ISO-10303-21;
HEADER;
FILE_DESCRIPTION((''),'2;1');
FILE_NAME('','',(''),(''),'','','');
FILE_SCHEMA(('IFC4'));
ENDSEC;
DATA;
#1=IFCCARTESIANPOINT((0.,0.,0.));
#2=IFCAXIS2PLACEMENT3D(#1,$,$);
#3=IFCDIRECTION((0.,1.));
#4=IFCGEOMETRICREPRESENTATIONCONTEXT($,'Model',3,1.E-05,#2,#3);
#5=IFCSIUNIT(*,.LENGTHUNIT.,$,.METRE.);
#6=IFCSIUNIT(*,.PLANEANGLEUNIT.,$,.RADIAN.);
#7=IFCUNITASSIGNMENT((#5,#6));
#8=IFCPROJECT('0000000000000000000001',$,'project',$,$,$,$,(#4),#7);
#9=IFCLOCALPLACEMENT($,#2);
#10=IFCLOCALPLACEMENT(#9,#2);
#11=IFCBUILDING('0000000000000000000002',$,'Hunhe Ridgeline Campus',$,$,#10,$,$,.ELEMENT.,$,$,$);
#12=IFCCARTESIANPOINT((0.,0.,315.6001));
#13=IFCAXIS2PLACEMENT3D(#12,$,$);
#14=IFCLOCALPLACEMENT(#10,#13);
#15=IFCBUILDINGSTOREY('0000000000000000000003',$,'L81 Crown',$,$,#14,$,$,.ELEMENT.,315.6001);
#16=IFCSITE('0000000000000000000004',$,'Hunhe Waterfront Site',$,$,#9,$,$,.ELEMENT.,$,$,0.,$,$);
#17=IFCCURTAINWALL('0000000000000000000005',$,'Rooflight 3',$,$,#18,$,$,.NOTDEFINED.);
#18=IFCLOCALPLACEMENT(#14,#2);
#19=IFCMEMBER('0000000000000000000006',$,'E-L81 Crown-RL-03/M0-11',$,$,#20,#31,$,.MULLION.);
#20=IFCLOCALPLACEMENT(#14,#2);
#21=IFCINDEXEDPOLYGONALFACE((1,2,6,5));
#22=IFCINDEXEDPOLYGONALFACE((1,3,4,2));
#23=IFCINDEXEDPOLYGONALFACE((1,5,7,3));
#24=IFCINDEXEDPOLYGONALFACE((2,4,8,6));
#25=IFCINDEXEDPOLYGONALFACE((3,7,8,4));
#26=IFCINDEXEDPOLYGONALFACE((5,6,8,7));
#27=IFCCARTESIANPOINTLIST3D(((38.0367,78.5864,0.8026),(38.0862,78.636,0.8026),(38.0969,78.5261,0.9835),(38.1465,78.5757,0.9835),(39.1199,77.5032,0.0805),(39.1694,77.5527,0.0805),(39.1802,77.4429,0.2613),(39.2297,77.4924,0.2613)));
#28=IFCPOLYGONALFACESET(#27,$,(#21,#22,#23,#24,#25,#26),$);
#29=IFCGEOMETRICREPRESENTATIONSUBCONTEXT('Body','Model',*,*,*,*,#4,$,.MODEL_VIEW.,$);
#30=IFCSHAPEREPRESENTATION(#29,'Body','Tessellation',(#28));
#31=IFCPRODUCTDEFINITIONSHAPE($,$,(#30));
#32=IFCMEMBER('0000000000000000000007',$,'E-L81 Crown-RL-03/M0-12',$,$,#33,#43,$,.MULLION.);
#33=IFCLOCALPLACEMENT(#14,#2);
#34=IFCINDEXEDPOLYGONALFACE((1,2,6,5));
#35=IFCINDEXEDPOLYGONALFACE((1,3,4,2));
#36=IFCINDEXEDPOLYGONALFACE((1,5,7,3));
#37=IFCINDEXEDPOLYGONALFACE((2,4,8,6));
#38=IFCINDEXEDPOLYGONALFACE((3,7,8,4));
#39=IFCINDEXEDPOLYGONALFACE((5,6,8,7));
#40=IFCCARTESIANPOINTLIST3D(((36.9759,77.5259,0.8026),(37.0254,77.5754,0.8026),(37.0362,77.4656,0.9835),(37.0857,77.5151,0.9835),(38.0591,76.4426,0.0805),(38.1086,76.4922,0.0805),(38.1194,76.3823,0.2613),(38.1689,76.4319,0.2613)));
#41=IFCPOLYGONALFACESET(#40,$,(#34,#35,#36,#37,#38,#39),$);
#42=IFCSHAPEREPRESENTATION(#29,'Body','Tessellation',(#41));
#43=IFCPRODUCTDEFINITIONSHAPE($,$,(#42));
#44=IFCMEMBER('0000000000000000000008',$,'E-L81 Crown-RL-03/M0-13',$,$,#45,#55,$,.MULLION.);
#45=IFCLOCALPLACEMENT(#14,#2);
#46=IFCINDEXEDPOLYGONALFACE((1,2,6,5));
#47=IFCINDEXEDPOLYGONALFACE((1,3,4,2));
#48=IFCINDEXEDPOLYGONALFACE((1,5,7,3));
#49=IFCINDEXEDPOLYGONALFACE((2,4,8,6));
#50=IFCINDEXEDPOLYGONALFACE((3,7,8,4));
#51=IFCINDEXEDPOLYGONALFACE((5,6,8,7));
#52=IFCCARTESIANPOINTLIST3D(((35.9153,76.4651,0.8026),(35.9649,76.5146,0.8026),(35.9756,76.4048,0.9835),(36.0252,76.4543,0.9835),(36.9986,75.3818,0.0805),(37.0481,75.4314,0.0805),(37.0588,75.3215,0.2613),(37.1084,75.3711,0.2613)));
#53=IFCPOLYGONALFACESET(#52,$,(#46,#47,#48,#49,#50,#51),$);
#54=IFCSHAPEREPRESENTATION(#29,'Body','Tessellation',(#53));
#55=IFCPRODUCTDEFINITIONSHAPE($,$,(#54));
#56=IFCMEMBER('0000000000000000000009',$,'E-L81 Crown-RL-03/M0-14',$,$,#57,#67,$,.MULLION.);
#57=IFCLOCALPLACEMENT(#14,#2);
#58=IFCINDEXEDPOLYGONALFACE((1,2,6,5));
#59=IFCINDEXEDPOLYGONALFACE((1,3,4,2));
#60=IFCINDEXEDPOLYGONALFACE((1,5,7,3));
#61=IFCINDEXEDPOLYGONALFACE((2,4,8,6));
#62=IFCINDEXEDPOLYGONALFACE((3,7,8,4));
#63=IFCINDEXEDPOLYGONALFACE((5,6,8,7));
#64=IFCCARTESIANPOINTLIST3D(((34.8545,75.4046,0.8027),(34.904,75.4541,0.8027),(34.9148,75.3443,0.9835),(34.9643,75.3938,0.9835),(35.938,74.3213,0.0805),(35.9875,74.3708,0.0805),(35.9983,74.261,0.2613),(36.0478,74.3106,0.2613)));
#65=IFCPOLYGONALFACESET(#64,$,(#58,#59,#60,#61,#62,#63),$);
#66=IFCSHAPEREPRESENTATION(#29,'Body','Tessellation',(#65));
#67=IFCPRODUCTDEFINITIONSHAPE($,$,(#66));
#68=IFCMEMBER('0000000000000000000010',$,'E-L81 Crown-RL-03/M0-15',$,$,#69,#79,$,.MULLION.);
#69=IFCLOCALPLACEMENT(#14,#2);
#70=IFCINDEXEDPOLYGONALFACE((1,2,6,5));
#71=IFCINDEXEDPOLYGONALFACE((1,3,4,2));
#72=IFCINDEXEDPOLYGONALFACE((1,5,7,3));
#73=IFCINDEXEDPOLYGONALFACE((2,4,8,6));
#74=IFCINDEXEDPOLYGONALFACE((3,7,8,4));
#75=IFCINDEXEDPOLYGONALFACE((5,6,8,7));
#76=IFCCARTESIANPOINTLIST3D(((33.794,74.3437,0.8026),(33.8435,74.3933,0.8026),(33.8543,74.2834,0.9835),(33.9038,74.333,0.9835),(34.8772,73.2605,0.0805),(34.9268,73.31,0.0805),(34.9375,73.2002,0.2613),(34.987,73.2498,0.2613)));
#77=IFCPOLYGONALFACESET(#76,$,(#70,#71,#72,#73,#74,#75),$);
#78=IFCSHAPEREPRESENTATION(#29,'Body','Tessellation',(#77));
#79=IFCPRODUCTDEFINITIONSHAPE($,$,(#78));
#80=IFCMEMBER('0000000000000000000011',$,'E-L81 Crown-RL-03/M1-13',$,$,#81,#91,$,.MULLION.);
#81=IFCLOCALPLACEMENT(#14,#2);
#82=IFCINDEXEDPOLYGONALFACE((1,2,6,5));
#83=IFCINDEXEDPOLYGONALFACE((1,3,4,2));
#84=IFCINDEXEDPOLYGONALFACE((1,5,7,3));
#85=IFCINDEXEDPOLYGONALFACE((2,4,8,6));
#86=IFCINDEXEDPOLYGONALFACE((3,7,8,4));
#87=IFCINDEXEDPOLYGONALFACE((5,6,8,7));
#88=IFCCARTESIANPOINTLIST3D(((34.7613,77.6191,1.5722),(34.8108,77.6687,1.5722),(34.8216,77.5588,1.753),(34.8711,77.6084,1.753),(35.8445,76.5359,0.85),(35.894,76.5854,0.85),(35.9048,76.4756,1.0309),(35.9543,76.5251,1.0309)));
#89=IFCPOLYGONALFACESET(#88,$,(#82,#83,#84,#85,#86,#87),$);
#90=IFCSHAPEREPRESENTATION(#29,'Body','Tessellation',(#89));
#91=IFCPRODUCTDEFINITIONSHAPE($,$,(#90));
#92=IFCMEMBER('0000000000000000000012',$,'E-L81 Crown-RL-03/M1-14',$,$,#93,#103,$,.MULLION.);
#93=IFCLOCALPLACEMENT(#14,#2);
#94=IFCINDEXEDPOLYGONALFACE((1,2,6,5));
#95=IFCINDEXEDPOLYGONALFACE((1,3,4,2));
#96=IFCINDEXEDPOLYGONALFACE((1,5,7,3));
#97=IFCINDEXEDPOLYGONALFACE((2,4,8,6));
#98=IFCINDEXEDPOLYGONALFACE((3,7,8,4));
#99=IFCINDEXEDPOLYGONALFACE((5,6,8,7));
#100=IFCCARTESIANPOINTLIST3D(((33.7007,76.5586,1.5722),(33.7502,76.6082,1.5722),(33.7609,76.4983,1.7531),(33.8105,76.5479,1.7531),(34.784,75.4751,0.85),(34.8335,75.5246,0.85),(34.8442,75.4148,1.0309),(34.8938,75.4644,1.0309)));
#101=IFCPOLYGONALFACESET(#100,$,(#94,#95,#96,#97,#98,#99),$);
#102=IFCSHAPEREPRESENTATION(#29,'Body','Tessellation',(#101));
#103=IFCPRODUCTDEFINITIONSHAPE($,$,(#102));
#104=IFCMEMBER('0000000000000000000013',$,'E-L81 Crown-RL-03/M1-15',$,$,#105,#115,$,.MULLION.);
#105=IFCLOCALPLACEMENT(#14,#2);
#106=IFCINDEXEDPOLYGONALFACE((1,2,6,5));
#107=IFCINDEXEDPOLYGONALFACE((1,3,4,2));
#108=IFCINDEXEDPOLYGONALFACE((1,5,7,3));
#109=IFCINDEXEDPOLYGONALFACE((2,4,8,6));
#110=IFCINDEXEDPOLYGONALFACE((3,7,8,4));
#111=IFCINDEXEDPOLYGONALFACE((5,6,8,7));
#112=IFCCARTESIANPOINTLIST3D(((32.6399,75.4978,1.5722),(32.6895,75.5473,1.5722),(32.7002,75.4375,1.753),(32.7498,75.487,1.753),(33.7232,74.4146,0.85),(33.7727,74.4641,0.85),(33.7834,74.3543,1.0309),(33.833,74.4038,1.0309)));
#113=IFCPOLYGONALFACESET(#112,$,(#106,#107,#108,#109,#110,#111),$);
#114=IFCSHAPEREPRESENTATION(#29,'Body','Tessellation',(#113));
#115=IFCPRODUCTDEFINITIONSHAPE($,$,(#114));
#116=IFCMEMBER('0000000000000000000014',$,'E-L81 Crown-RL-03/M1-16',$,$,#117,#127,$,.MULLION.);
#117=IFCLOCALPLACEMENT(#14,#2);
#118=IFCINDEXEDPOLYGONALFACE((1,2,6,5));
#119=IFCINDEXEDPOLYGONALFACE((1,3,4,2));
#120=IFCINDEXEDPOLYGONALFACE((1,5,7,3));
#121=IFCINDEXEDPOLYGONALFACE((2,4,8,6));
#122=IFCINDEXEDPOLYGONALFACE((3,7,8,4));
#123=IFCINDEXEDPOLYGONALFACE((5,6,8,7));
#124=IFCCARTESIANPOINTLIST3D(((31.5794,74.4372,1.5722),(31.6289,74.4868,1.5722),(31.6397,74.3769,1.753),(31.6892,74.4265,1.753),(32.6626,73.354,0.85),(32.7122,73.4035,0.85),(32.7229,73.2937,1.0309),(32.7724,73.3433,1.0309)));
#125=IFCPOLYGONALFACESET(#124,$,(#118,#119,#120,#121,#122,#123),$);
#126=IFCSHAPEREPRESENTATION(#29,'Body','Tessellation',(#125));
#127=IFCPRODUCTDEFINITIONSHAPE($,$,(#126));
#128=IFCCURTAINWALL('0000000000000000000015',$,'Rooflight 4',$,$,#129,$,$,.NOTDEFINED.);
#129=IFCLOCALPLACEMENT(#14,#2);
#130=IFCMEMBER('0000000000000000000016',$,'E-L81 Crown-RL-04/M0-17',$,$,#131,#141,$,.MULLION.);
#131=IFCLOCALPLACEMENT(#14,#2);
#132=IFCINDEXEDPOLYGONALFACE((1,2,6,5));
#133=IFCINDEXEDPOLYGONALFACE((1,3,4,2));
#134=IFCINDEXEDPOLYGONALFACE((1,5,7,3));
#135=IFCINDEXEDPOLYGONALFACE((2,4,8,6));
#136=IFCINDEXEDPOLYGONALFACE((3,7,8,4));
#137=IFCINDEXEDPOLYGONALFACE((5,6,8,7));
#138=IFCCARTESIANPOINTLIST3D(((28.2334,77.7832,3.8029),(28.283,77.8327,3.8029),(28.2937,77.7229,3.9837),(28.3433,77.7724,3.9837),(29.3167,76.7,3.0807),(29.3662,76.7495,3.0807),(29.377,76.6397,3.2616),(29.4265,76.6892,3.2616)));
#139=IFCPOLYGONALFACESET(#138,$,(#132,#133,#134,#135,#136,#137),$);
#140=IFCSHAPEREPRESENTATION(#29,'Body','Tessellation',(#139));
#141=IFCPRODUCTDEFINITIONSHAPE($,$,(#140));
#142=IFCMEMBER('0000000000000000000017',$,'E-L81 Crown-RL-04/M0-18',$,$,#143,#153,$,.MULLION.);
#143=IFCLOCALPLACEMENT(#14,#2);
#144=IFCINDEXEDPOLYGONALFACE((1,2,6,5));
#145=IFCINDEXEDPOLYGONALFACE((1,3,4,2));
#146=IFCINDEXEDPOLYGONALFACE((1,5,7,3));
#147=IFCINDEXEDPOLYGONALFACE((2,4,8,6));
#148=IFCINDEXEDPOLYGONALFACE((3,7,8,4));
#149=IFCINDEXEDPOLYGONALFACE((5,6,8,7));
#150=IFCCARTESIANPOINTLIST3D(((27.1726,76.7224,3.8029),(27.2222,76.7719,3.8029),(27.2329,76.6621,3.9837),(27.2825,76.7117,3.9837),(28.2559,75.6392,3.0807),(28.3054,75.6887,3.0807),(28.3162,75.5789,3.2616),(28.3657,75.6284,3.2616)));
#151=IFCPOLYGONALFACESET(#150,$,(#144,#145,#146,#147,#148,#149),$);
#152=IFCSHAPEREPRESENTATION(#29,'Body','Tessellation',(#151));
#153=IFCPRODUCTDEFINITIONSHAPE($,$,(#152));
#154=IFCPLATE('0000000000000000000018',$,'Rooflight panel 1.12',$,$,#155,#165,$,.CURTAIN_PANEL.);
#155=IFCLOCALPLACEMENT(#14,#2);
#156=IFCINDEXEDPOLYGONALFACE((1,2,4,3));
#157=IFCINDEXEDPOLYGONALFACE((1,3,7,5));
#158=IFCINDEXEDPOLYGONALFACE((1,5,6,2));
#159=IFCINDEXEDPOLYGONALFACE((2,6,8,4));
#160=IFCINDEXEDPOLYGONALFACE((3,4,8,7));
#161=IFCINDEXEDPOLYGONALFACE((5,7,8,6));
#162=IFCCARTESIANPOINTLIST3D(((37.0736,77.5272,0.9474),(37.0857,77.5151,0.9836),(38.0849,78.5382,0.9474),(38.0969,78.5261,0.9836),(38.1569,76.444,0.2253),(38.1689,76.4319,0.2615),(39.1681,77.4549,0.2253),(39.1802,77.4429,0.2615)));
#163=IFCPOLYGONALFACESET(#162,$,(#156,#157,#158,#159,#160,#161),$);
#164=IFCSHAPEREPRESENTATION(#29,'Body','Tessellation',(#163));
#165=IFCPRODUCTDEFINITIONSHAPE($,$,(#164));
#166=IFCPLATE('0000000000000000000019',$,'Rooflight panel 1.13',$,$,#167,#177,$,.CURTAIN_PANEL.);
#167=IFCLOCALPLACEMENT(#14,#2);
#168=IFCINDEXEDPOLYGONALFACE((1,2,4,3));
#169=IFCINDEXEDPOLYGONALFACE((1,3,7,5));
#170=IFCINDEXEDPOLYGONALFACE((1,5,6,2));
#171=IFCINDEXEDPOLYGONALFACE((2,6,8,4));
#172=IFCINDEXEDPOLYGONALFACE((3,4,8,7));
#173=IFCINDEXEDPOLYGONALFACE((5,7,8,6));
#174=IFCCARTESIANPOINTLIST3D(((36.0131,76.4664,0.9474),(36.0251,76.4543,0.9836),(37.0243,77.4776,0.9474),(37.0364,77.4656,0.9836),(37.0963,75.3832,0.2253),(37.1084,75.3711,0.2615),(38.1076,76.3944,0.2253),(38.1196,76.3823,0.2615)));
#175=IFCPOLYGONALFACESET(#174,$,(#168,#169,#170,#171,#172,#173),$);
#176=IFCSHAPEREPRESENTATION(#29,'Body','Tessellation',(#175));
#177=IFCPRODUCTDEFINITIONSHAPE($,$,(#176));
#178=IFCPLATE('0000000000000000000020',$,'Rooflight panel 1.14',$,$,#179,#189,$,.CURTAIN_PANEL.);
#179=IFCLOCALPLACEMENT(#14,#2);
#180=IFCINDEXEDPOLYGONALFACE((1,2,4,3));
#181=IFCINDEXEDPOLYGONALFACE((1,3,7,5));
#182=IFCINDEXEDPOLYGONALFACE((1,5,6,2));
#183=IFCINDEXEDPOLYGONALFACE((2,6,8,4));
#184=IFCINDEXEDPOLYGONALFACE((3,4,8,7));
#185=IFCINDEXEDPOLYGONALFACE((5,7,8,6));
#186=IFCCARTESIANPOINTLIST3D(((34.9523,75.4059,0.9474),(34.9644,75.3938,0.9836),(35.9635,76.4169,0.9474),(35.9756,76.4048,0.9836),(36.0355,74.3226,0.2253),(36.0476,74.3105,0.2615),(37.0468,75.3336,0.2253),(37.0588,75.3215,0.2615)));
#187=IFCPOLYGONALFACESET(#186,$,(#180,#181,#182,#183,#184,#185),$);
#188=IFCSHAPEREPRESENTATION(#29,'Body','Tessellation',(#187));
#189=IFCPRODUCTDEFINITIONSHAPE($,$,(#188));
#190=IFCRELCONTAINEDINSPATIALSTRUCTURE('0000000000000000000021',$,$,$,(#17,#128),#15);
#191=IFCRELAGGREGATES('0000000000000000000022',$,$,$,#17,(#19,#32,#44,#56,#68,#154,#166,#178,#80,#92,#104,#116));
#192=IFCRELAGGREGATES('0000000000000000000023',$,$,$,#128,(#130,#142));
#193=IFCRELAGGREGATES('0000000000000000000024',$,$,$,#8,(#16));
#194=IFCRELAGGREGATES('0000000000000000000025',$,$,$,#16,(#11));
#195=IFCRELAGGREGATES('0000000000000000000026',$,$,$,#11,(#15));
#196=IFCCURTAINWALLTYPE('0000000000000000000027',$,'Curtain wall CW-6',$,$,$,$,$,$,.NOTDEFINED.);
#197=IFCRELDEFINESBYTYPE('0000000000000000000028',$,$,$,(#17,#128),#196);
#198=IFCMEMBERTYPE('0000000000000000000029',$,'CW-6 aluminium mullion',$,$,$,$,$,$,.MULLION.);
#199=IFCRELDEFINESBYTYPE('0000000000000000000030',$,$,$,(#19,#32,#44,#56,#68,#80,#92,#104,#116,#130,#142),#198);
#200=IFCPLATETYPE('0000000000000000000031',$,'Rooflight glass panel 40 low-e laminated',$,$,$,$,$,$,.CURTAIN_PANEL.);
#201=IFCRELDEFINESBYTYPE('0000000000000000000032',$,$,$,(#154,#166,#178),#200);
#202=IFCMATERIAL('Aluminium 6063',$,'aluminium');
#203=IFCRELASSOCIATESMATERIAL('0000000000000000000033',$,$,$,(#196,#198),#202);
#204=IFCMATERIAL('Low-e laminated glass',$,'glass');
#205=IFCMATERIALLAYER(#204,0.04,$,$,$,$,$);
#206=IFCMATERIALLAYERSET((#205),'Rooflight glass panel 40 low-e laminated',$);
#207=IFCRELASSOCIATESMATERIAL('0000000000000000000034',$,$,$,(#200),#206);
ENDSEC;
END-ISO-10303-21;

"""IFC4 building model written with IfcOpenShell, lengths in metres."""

from ifc_helpers import new_model, si_unit, direction, frame, origin, origin_2d, place, context, subcontext, project, spatial, polyline, rectangle, outline, extrude, material, layer, layer_set, material_profile, profile_set, type_object, element, aggregate, save


model = new_model("IFC4")

# Units and contexts
model_context = context("Model", 3, precision=1e-05, world=origin(), true_north=direction((0.0, 1.0)))
body_context = subcontext(model_context, "Body", "Model", "MODEL_VIEW")
ifc_project = project(units=[si_unit("LENGTHUNIT", "METRE"), si_unit("PLANEANGLEUNIT", "RADIAN")], contexts=[model_context])

# Site, building, storey
site_placement = place(None, origin())
site = spatial("IfcSite", under=ifc_project, at=site_placement, Name="Hunhe Waterfront Site", CompositionType="ELEMENT", RefElevation=0.0)
building_placement = place(site_placement, origin())
building = spatial("IfcBuilding", under=site, at=building_placement, Name="Hunhe Ridgeline Campus", CompositionType="ELEMENT")
storey_placement = place(building_placement, frame((0.0, 0.0, 315.6001)))
storey = spatial("IfcBuildingStorey", under=building, at=storey_placement, Name="L81 Crown", CompositionType="ELEMENT", Elevation=315.6001)

# Curtain walls, members
ifc_material_1 = material(Name="Aluminium 6063", Category="aluminium")
curtain_wall_type = type_object("IfcCurtainWallType", Name="Curtain wall CW-6", PredefinedType="NOTDEFINED", material=ifc_material_1)
curtain_wall_1_placement = place(storey_placement, origin())
curtain_wall_1 = element("IfcCurtainWall", 1, at=curtain_wall_1_placement, inside=storey, type_object=curtain_wall_type, Name="Rooflight 3", PredefinedType="NOTDEFINED")
ifc_material_profile = material_profile(ifc_material_1, rectangle(XDim=0.0701, YDim=0.2, at=origin_2d()))
ifc_profile_set = profile_set([ifc_material_profile], Name="Aluminium 6063")
member_type = type_object("IfcMemberType", Name="CW-6 aluminium mullion", PredefinedType="MULLION", material=ifc_profile_set)
member_1_placement = place(storey_placement, frame((39.1748, 77.4978, 0.1709), z_axis=(-0.639602, 0.639602, 0.426401), x_axis=(-0.707107, -0.707107, 0.0)))
member_1 = element("IfcMember", 2, at=member_1_placement, type_object=member_type, Name="E-L81 Crown-RL-03/M0-11", PredefinedType="MULLION", context=body_context, shape_type="SweptSolid", body=[
    extrude(rectangle(XDim=0.0701, YDim=0.2, at=origin_2d()), origin(), (0.0, 0.0, 1.0), 1.6936),
])
member_2_placement = place(storey_placement, frame((38.114, 76.4373, 0.1709), z_axis=(-0.639602, 0.639602, 0.426401), x_axis=(-0.707107, -0.707107, 0.0)))
member_2 = element("IfcMember", 3, at=member_2_placement, type_object=member_type, Name="E-L81 Crown-RL-03/M0-12", PredefinedType="MULLION", context=body_context, shape_type="SweptSolid", body=[
    extrude(rectangle(XDim=0.0701, YDim=0.2, at=origin_2d()), origin(), (0.0, 0.0, 1.0), 1.6936),
])
member_3_placement = place(storey_placement, frame((37.0535, 75.3765, 0.1709), z_axis=(-0.639602, 0.639602, 0.426401), x_axis=(-0.707107, -0.707107, 0.0)))
member_3 = element("IfcMember", 4, at=member_3_placement, type_object=member_type, Name="E-L81 Crown-RL-03/M0-13", PredefinedType="MULLION", context=body_context, shape_type="SweptSolid", body=[
    extrude(rectangle(XDim=0.0701, YDim=0.2, at=origin_2d()), origin(), (0.0, 0.0, 1.0), 1.6936),
])
member_4_placement = place(storey_placement, frame((35.9929, 74.3159, 0.1709), z_axis=(-0.639687, 0.639543, 0.426362), x_axis=(-0.707027, -0.707186, 0.0)))
member_4 = element("IfcMember", 5, at=member_4_placement, type_object=member_type, Name="E-L81 Crown-RL-03/M0-14", PredefinedType="MULLION", context=body_context, shape_type="SweptSolid", body=[
    extrude(rectangle(XDim=0.0701, YDim=0.2, at=origin_2d()), origin(), (0.0, 0.0, 1.0), 1.6938),
])
member_5_placement = place(storey_placement, frame((34.9321, 73.2551, 0.1709), z_axis=(-0.639602, 0.639602, 0.426401), x_axis=(-0.707107, -0.707107, 0.0)))
member_5 = element("IfcMember", 6, at=member_5_placement, type_object=member_type, Name="E-L81 Crown-RL-03/M0-15", PredefinedType="MULLION", context=body_context, shape_type="SweptSolid", body=[
    extrude(rectangle(XDim=0.0701, YDim=0.2, at=origin_2d()), origin(), (0.0, 0.0, 1.0), 1.6936),
])
member_6_placement = place(storey_placement, frame((35.8994, 76.5305, 0.9404), z_axis=(-0.639602, 0.639602, 0.426401), x_axis=(-0.707107, -0.707107, 0.0)))
member_6 = element("IfcMember", 7, at=member_6_placement, type_object=member_type, Name="E-L81 Crown-RL-03/M1-13", PredefinedType="MULLION", context=body_context, shape_type="SweptSolid", body=[
    extrude(rectangle(XDim=0.0701, YDim=0.2, at=origin_2d()), origin(), (0.0, 0.0, 1.0), 1.6936),
])
member_7_placement = place(storey_placement, frame((34.8389, 75.4697, 0.9404), z_axis=(-0.639543, 0.639687, 0.426362), x_axis=(-0.707186, -0.707027, 0.0)))
member_7 = element("IfcMember", 8, at=member_7_placement, type_object=member_type, Name="E-L81 Crown-RL-03/M1-14", PredefinedType="MULLION", context=body_context, shape_type="SweptSolid", body=[
    extrude(rectangle(XDim=0.0701, YDim=0.2, at=origin_2d()), origin(), (0.0, 0.0, 1.0), 1.6938),
])
member_8_placement = place(storey_placement, frame((33.7781, 74.4092, 0.9404), z_axis=(-0.639602, 0.639602, 0.426401), x_axis=(-0.707107, -0.707107, 0.0)))
member_8 = element("IfcMember", 9, at=member_8_placement, type_object=member_type, Name="E-L81 Crown-RL-03/M1-15", PredefinedType="MULLION", context=body_context, shape_type="SweptSolid", body=[
    extrude(rectangle(XDim=0.0701, YDim=0.2, at=origin_2d()), origin(), (0.0, 0.0, 1.0), 1.6936),
])
member_9_placement = place(storey_placement, frame((32.7175, 73.3486, 0.9404), z_axis=(-0.639602, 0.639602, 0.426401), x_axis=(-0.707107, -0.707107, 0.0)))
member_9 = element("IfcMember", 10, at=member_9_placement, type_object=member_type, Name="E-L81 Crown-RL-03/M1-16", PredefinedType="MULLION", context=body_context, shape_type="SweptSolid", body=[
    extrude(rectangle(XDim=0.0701, YDim=0.2, at=origin_2d()), origin(), (0.0, 0.0, 1.0), 1.6936),
])
curtain_wall_2_placement = place(storey_placement, origin())
curtain_wall_2 = element("IfcCurtainWall", 11, at=curtain_wall_2_placement, inside=storey, type_object=curtain_wall_type, Name="Rooflight 4", PredefinedType="NOTDEFINED")
member_10_placement = place(storey_placement, frame((29.3716, 76.6946, 3.1711), z_axis=(-0.639602, 0.639602, 0.426401), x_axis=(-0.707107, -0.707107, 0.0)))
member_10 = element("IfcMember", 12, at=member_10_placement, type_object=member_type, Name="E-L81 Crown-RL-04/M0-17", PredefinedType="MULLION", context=body_context, shape_type="SweptSolid", body=[
    extrude(rectangle(XDim=0.0701, YDim=0.2, at=origin_2d()), origin(), (0.0, 0.0, 1.0), 1.6936),
])
member_11_placement = place(storey_placement, frame((28.3108, 75.6338, 3.1711), z_axis=(-0.639602, 0.639602, 0.426401), x_axis=(-0.707107, -0.707107, 0.0)))
member_11 = element("IfcMember", 13, at=member_11_placement, type_object=member_type, Name="E-L81 Crown-RL-04/M0-18", PredefinedType="MULLION", context=body_context, shape_type="SweptSolid", body=[
    extrude(rectangle(XDim=0.0701, YDim=0.2, at=origin_2d()), origin(), (0.0, 0.0, 1.0), 1.6936),
])

# Plates
ifc_material_2 = material(Name="Low-e laminated glass", Category="glass")
ifc_layer = layer(ifc_material_2, 0.04)
ifc_layer_set = layer_set([ifc_layer], Name="Rooflight glass panel 40 low-e laminated")
plate_type = type_object("IfcPlateType", Name="Rooflight glass panel 40 low-e laminated", PredefinedType="CURTAIN_PANEL", material=ifc_layer_set)
plate_1_placement = place(storey_placement, frame((39.1802, 77.4429, 0.2615), z_axis=(0.301475, -0.301548, 0.904534), x_axis=(-0.639602, 0.639602, 0.426401)))
plate_1 = element("IfcPlate", 14, at=plate_1_placement, type_object=plate_type, Name="Rooflight panel 1.12", PredefinedType="CURTAIN_PANEL", context=body_context, shape_type="SweptSolid", body=[
    extrude(outline(polyline([(0.0, 0.0), (1.6936, 0.0), (1.6938, 1.4299), (0.0002, 1.4299), (0.0, 0.0)])), origin(), (0.0, 0.0, -1.0), 0.04),
])
plate_2_placement = place(storey_placement, frame((38.1196, 76.3823, 0.2615), z_axis=(0.301511, -0.301511, 0.904534), x_axis=(-0.639602, 0.639602, 0.426401)))
plate_2 = element("IfcPlate", 15, at=plate_2_placement, type_object=plate_type, Name="Rooflight panel 1.13", PredefinedType="CURTAIN_PANEL", context=body_context, shape_type="SweptSolid", body=[
    extrude(outline(polyline([(0.0, 0.0), (1.6936, 0.0), (1.6936, 1.4301), (0.0, 1.4301), (0.0, 0.0)])), origin(), (0.0, 0.0, -1.0), 0.04),
])
plate_3_placement = place(storey_placement, frame((37.0588, 75.3215, 0.2615), z_axis=(0.301475, -0.301548, 0.904534), x_axis=(-0.639602, 0.639602, 0.426401)))
plate_3 = element("IfcPlate", 16, at=plate_3_placement, type_object=plate_type, Name="Rooflight panel 1.14", PredefinedType="CURTAIN_PANEL", context=body_context, shape_type="SweptSolid", body=[
    extrude(outline(polyline([(0.0, 0.0), (1.6936, 0.0), (1.6938, 1.4299), (0.0002, 1.4299), (0.0, 0.0)])), origin(), (0.0, 0.0, -1.0), 0.04),
])
aggregate(curtain_wall_1, [member_1, member_2, member_3, member_4, member_5, plate_1, plate_2, plate_3, member_6, member_7, member_8, member_9])
aggregate(curtain_wall_2, [member_10, member_11])

save(model, "model.ifc")
